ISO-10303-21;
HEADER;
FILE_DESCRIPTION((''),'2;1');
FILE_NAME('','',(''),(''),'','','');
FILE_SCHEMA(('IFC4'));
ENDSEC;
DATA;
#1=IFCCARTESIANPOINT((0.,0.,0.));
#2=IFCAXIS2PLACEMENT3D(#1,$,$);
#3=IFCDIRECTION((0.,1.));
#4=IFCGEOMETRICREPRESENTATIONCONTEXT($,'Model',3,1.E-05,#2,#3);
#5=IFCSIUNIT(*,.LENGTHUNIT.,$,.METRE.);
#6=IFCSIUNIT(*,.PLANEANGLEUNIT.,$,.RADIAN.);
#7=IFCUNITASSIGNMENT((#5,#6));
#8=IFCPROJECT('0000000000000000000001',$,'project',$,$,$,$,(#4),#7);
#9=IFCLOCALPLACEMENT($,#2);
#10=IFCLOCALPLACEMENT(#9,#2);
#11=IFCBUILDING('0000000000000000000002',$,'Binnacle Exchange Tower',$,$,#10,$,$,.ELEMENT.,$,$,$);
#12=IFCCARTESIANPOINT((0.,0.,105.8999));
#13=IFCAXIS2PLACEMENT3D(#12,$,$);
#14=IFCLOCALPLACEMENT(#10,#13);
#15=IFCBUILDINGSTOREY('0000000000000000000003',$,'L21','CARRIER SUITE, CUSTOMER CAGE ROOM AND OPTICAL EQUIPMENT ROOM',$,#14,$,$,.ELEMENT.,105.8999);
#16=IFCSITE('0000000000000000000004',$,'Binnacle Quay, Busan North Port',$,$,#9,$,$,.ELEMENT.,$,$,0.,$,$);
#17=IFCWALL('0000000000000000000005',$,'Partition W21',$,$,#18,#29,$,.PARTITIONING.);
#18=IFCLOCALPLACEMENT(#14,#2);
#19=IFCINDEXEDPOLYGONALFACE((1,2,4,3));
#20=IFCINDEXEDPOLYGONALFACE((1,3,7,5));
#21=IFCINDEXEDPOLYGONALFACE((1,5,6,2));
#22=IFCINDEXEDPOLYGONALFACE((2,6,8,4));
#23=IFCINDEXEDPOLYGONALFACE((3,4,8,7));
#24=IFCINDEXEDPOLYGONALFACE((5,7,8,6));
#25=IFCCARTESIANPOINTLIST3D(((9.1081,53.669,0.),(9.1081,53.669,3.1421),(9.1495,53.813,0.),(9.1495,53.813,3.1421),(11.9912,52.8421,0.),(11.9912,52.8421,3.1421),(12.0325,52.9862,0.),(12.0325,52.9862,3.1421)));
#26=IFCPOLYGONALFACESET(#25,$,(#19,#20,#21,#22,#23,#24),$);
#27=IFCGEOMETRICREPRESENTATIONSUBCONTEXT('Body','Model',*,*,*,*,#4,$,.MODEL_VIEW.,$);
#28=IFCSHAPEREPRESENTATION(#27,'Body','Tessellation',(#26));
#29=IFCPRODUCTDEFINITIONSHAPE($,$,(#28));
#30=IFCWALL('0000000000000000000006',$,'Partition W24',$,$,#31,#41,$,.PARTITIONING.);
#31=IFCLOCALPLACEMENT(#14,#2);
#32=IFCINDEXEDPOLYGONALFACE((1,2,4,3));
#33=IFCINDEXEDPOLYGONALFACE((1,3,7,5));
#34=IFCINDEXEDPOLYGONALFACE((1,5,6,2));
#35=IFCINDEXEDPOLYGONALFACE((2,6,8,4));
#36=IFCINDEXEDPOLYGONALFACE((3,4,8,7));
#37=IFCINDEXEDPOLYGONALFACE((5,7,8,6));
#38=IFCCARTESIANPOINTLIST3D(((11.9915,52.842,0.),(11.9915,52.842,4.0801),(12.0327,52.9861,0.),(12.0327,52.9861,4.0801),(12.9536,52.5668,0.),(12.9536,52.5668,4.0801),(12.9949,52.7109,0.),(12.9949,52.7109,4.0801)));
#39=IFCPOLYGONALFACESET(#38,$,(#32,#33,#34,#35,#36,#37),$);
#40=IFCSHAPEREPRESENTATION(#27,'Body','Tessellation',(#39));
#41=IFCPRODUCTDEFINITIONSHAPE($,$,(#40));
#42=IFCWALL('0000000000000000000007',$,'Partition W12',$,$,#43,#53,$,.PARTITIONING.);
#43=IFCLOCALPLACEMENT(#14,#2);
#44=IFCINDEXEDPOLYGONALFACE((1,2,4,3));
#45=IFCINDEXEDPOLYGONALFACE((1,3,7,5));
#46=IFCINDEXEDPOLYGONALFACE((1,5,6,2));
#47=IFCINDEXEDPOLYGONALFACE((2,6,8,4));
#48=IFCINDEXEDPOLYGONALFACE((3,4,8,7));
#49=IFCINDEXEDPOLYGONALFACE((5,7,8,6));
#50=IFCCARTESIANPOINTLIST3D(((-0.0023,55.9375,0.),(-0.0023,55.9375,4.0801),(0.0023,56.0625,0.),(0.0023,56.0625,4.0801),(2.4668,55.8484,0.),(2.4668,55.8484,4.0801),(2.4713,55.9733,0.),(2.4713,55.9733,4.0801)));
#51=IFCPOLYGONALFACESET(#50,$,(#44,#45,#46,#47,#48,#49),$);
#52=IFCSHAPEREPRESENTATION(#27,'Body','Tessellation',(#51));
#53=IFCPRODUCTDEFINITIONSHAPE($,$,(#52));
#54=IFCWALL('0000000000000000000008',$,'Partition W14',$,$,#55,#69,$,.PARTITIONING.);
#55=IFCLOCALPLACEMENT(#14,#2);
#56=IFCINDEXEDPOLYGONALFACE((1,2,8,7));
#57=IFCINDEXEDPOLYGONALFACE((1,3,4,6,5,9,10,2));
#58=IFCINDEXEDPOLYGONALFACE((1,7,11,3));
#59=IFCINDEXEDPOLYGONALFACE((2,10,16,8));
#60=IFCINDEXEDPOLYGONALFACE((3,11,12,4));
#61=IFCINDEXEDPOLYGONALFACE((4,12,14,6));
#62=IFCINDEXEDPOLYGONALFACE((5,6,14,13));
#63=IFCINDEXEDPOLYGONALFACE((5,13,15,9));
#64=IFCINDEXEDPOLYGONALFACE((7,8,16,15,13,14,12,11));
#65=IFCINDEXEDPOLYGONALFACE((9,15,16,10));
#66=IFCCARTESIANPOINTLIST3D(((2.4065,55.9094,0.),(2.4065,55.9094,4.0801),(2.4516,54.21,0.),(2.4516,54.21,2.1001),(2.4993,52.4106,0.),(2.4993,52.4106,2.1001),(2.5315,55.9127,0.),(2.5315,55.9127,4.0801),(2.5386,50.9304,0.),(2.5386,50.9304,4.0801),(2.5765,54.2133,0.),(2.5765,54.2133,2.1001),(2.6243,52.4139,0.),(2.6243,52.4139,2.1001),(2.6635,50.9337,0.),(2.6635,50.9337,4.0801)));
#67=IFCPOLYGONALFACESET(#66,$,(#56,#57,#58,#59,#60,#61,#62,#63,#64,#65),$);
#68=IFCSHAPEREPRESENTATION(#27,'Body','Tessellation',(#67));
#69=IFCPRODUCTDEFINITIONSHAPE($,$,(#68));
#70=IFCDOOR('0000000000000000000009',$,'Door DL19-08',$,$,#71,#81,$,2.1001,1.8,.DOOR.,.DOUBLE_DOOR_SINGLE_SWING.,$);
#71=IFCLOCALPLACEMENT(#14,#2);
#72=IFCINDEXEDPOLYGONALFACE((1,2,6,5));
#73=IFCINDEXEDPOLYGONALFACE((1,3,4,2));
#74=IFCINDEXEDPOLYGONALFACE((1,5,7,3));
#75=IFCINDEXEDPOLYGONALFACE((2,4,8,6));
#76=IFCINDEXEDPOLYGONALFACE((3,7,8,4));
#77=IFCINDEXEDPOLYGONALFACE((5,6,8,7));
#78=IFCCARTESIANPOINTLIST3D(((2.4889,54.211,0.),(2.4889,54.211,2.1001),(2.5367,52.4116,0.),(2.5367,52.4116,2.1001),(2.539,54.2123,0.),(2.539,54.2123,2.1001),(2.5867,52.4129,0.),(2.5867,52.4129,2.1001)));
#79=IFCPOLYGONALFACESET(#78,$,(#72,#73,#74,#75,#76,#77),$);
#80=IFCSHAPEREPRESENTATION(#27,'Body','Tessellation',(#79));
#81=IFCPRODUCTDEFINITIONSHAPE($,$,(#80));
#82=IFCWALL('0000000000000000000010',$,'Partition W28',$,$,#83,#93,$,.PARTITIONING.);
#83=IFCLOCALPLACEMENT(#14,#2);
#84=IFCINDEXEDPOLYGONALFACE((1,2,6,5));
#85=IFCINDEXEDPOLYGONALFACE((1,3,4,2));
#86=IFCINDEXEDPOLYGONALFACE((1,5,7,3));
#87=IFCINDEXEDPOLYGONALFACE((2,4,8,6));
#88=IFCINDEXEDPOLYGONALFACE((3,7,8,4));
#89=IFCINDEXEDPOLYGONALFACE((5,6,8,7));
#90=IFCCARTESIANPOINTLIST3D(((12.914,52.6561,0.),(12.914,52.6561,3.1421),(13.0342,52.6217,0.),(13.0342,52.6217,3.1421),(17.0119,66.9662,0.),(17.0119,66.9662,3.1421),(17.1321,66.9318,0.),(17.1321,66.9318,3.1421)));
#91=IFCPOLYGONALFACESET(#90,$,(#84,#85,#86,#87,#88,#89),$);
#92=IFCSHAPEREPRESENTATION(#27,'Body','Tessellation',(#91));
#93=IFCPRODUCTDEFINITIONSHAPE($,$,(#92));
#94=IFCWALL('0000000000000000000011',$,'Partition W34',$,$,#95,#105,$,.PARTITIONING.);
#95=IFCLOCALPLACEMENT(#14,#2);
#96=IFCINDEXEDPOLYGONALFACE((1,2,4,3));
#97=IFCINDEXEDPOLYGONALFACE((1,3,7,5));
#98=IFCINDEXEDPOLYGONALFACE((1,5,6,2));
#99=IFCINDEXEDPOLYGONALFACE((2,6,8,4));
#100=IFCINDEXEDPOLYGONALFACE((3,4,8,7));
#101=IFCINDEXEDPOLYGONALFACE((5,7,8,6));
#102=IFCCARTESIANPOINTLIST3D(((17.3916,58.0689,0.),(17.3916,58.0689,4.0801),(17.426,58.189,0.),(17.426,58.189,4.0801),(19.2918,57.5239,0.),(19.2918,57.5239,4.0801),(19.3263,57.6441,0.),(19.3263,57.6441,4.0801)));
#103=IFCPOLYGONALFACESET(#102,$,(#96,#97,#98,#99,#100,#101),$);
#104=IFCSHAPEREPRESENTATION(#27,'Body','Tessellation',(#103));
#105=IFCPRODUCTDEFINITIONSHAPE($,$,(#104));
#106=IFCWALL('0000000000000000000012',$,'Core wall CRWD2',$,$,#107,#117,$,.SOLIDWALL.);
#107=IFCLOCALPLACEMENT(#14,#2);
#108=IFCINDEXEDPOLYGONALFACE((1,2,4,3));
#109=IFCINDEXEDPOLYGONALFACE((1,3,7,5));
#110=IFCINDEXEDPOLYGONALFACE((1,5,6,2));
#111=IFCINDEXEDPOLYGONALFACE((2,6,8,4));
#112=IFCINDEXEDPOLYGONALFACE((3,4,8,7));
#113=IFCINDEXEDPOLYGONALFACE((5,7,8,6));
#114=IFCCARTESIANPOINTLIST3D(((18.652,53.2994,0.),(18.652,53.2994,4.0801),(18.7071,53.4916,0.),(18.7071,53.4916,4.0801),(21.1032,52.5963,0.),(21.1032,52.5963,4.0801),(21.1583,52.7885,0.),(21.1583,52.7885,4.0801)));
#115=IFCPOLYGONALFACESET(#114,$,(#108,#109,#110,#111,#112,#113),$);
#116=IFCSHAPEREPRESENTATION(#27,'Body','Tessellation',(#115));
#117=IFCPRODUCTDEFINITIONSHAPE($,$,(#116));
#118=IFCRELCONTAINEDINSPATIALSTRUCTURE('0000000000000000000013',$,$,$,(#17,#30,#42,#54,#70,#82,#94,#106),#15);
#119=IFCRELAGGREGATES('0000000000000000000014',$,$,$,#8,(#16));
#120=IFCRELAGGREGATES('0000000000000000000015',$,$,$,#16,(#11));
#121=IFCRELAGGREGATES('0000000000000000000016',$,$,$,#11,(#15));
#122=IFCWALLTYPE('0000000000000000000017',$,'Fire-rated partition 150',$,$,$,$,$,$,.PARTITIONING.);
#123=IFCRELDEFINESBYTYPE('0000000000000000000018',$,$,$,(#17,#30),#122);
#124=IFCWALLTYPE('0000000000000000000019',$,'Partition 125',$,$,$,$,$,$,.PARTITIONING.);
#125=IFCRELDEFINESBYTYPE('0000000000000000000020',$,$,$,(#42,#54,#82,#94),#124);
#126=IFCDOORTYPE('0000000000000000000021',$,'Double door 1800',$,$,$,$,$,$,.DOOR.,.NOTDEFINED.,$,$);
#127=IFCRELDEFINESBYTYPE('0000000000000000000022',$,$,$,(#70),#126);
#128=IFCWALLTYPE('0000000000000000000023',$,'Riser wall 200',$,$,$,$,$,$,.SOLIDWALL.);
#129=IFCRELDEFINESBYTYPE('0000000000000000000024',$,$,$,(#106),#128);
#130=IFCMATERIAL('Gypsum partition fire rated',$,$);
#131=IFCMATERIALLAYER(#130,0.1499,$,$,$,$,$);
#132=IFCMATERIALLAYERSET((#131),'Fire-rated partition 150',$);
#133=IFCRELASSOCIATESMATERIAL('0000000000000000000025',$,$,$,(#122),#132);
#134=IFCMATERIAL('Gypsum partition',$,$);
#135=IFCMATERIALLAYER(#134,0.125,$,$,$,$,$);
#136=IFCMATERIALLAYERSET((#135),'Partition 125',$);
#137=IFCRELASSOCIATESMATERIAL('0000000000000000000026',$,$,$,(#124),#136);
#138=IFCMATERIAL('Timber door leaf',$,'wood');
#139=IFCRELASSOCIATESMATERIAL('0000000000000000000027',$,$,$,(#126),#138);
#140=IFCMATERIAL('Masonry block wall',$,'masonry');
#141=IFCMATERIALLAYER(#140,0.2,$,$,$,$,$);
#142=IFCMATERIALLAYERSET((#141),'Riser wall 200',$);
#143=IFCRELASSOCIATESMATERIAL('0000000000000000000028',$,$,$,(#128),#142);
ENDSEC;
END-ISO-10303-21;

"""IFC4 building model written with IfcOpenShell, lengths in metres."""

from ifc_helpers import new_model, si_unit, direction, frame, frame_2d, origin, place, context, subcontext, project, spatial, rectangle, extrude, material, layer, layer_set, type_object, element, fill, save


model = new_model("IFC4")

# Units and contexts
model_context = context("Model", 3, precision=1e-05, world=origin(), true_north=direction((0.0, 1.0)))
body_context = subcontext(model_context, "Body", "Model", "MODEL_VIEW")
ifc_project = project(units=[si_unit("LENGTHUNIT", "METRE"), si_unit("PLANEANGLEUNIT", "RADIAN")], contexts=[model_context])

# Site, building, storey
site_placement = place(None, origin())
site = spatial("IfcSite", under=ifc_project, at=site_placement, Name="Binnacle Quay, Busan North Port", CompositionType="ELEMENT", RefElevation=0.0)
building_placement = place(site_placement, origin())
building = spatial("IfcBuilding", under=site, at=building_placement, Name="Binnacle Exchange Tower", CompositionType="ELEMENT")
storey_placement = place(building_placement, frame((0.0, 0.0, 105.8999)))
storey = spatial("IfcBuildingStorey", under=building, at=storey_placement, Name="L21", Description="CARRIER SUITE, CUSTOMER CAGE ROOM AND OPTICAL EQUIPMENT ROOM", CompositionType="ELEMENT", Elevation=105.8999)

# Walls
ifc_material_1 = material(Name="Gypsum partition fire rated")
ifc_layer_1 = layer(ifc_material_1, 0.1499)
ifc_layer_set_1 = layer_set([ifc_layer_1], Name="Fire-rated partition 150")
wall_type_1 = type_object("IfcWallType", Name="Fire-rated partition 150", PredefinedType="PARTITIONING", material=ifc_layer_set_1)
wall_1_placement = place(storey_placement, frame((9.1289, 53.741, 0.0), z_axis=(0.0, 0.0, 1.0), x_axis=(0.961244, -0.275699, 0.0)))
element("IfcWall", 1, at=wall_1_placement, inside=storey, type_object=wall_type_1, Name="Partition W21", PredefinedType="PARTITIONING", context=body_context, shape_type="SweptSolid", body=[
    extrude(rectangle(XDim=2.9993, YDim=0.1499, at=frame_2d((1.4995, 0.0))), origin(), (0.0, 0.0, 1.0), 3.1421),
])
wall_2_placement = place(storey_placement, frame((12.012, 52.9141, 0.0), z_axis=(0.0, 0.0, 1.0), x_axis=(0.961459, -0.274947, 0.0)))
element("IfcWall", 2, at=wall_2_placement, inside=storey, type_object=wall_type_1, Name="Partition W24", PredefinedType="PARTITIONING", context=body_context, shape_type="SweptSolid", body=[
    extrude(rectangle(XDim=1.0007, YDim=0.1499, at=frame_2d((0.5005, 0.0))), origin(), (0.0, 0.0, 1.0), 4.0801),
])
ifc_material_2 = material(Name="Gypsum partition")
ifc_layer_2 = layer(ifc_material_2, 0.125)
ifc_layer_set_2 = layer_set([ifc_layer_2], Name="Partition 125")
wall_type_2 = type_object("IfcWallType", Name="Partition 125", PredefinedType="PARTITIONING", material=ifc_layer_set_2)
wall_3_placement = place(storey_placement, frame((0.0, 56.0, 0.0), z_axis=(0.0, 0.0, 1.0), x_axis=(0.999349, -0.036069, 0.0)))
element("IfcWall", 3, at=wall_3_placement, inside=storey, type_object=wall_type_2, Name="Partition W12", PredefinedType="PARTITIONING", context=body_context, shape_type="SweptSolid", body=[
    extrude(rectangle(XDim=2.4707, YDim=0.125, at=frame_2d((1.2354, 0.0))), origin(), (0.0, 0.0, 1.0), 4.0801),
])

# Wall, opening, door
wall_4_placement = place(storey_placement, frame((2.469, 55.9109, 0.0), z_axis=(0.0, 0.0, 1.0), x_axis=(0.026518, -0.999648, 0.0)))
wall_4 = element("IfcWall", 4, at=wall_4_placement, inside=storey, type_object=wall_type_2, Name="Partition W14", PredefinedType="PARTITIONING", context=body_context, shape_type="SweptSolid", body=[
    extrude(rectangle(XDim=4.9807, YDim=0.125, at=frame_2d((2.4902, 0.0))), origin(), (0.0, 0.0, 1.0), 4.0801),
])
opening_1_placement = place(wall_4_placement, frame((1.7, 0.0, 0.0)))
opening_1 = element("IfcOpeningElement", 5, at=opening_1_placement, cuts=wall_4, PredefinedType="OPENING", context=body_context, shape_type="SweptSolid", body=[
    extrude(rectangle(XDim=1.8, YDim=2.1001, at=frame_2d((0.8999, 1.05))), frame((0.0, 0.0725, 0.0), z_axis=(0.0, -1.0, 0.0), x_axis=(1.0, 0.0, 0.0)), (0.0, 0.0, 1.0), 0.145),
])
ifc_material_3 = material(Name="Timber door leaf", Category="wood")
door_type = type_object("IfcDoorType", Name="Double door 1800", OperationType="NOTDEFINED", PredefinedType="DOOR", material=ifc_material_3)
door_placement = place(opening_1_placement, origin())
door = element("IfcDoor", 6, at=door_placement, inside=storey, type_object=door_type, Name="Door DL19-08", OperationType="DOUBLE_DOOR_SINGLE_SWING", OverallHeight=2.1001, OverallWidth=1.8, PredefinedType="DOOR", context=body_context, shape_type="SweptSolid", body=[
    extrude(rectangle(XDim=1.8, YDim=2.1001, at=frame_2d((0.8999, 1.05))), frame((0.0, 0.0249, 0.0), z_axis=(0.0, -1.0, 0.0), x_axis=(1.0, 0.0, 0.0)), (0.0, 0.0, 1.0), 0.05),
])
fill(opening_1, door)

# Walls
wall_5_placement = place(storey_placement, frame((12.9741, 52.6389, 0.0), z_axis=(0.0, 0.0, 1.0), x_axis=(0.275299, 0.961359, 0.0)))
element("IfcWall", 7, at=wall_5_placement, inside=storey, type_object=wall_type_2, Name="Partition W28", PredefinedType="PARTITIONING", context=body_context, shape_type="SweptSolid", body=[
    extrude(rectangle(XDim=14.8853, YDim=0.125, at=frame_2d((7.4426, 0.0))), origin(), (0.0, 0.0, 1.0), 3.1421),
])
wall_6_placement = place(storey_placement, frame((17.4089, 58.1289, 0.0), z_axis=(0.0, 0.0, 1.0), x_axis=(0.961253, -0.275667, 0.0)))
element("IfcWall", 8, at=wall_6_placement, inside=storey, type_object=wall_type_2, Name="Partition W34", PredefinedType="PARTITIONING", context=body_context, shape_type="SweptSolid", body=[
    extrude(rectangle(XDim=1.9768, YDim=0.125, at=frame_2d((0.9883, 0.0))), origin(), (0.0, 0.0, 1.0), 4.0801),
])
ifc_material_4 = material(Name="Masonry block wall", Category="masonry")
ifc_layer_3 = layer(ifc_material_4, 0.2)
ifc_layer_set_3 = layer_set([ifc_layer_3], Name="Riser wall 200")
wall_type_3 = type_object("IfcWallType", Name="Riser wall 200", PredefinedType="SOLIDWALL", material=ifc_layer_set_3)
wall_7_placement = place(storey_placement, frame((18.6797, 53.3955, 0.0), z_axis=(0.0, 0.0, 1.0), x_axis=(0.961234, -0.275733, 0.0)))
element("IfcWall", 9, at=wall_7_placement, inside=storey, type_object=wall_type_3, Name="Core wall CRWD2", PredefinedType="SOLIDWALL", context=body_context, shape_type="SweptSolid", body=[
    extrude(rectangle(XDim=2.55, YDim=0.2, at=frame_2d((1.2749, 0.0))), origin(), (0.0, 0.0, 1.0), 4.0801),
])

save(model, "model.ifc")
